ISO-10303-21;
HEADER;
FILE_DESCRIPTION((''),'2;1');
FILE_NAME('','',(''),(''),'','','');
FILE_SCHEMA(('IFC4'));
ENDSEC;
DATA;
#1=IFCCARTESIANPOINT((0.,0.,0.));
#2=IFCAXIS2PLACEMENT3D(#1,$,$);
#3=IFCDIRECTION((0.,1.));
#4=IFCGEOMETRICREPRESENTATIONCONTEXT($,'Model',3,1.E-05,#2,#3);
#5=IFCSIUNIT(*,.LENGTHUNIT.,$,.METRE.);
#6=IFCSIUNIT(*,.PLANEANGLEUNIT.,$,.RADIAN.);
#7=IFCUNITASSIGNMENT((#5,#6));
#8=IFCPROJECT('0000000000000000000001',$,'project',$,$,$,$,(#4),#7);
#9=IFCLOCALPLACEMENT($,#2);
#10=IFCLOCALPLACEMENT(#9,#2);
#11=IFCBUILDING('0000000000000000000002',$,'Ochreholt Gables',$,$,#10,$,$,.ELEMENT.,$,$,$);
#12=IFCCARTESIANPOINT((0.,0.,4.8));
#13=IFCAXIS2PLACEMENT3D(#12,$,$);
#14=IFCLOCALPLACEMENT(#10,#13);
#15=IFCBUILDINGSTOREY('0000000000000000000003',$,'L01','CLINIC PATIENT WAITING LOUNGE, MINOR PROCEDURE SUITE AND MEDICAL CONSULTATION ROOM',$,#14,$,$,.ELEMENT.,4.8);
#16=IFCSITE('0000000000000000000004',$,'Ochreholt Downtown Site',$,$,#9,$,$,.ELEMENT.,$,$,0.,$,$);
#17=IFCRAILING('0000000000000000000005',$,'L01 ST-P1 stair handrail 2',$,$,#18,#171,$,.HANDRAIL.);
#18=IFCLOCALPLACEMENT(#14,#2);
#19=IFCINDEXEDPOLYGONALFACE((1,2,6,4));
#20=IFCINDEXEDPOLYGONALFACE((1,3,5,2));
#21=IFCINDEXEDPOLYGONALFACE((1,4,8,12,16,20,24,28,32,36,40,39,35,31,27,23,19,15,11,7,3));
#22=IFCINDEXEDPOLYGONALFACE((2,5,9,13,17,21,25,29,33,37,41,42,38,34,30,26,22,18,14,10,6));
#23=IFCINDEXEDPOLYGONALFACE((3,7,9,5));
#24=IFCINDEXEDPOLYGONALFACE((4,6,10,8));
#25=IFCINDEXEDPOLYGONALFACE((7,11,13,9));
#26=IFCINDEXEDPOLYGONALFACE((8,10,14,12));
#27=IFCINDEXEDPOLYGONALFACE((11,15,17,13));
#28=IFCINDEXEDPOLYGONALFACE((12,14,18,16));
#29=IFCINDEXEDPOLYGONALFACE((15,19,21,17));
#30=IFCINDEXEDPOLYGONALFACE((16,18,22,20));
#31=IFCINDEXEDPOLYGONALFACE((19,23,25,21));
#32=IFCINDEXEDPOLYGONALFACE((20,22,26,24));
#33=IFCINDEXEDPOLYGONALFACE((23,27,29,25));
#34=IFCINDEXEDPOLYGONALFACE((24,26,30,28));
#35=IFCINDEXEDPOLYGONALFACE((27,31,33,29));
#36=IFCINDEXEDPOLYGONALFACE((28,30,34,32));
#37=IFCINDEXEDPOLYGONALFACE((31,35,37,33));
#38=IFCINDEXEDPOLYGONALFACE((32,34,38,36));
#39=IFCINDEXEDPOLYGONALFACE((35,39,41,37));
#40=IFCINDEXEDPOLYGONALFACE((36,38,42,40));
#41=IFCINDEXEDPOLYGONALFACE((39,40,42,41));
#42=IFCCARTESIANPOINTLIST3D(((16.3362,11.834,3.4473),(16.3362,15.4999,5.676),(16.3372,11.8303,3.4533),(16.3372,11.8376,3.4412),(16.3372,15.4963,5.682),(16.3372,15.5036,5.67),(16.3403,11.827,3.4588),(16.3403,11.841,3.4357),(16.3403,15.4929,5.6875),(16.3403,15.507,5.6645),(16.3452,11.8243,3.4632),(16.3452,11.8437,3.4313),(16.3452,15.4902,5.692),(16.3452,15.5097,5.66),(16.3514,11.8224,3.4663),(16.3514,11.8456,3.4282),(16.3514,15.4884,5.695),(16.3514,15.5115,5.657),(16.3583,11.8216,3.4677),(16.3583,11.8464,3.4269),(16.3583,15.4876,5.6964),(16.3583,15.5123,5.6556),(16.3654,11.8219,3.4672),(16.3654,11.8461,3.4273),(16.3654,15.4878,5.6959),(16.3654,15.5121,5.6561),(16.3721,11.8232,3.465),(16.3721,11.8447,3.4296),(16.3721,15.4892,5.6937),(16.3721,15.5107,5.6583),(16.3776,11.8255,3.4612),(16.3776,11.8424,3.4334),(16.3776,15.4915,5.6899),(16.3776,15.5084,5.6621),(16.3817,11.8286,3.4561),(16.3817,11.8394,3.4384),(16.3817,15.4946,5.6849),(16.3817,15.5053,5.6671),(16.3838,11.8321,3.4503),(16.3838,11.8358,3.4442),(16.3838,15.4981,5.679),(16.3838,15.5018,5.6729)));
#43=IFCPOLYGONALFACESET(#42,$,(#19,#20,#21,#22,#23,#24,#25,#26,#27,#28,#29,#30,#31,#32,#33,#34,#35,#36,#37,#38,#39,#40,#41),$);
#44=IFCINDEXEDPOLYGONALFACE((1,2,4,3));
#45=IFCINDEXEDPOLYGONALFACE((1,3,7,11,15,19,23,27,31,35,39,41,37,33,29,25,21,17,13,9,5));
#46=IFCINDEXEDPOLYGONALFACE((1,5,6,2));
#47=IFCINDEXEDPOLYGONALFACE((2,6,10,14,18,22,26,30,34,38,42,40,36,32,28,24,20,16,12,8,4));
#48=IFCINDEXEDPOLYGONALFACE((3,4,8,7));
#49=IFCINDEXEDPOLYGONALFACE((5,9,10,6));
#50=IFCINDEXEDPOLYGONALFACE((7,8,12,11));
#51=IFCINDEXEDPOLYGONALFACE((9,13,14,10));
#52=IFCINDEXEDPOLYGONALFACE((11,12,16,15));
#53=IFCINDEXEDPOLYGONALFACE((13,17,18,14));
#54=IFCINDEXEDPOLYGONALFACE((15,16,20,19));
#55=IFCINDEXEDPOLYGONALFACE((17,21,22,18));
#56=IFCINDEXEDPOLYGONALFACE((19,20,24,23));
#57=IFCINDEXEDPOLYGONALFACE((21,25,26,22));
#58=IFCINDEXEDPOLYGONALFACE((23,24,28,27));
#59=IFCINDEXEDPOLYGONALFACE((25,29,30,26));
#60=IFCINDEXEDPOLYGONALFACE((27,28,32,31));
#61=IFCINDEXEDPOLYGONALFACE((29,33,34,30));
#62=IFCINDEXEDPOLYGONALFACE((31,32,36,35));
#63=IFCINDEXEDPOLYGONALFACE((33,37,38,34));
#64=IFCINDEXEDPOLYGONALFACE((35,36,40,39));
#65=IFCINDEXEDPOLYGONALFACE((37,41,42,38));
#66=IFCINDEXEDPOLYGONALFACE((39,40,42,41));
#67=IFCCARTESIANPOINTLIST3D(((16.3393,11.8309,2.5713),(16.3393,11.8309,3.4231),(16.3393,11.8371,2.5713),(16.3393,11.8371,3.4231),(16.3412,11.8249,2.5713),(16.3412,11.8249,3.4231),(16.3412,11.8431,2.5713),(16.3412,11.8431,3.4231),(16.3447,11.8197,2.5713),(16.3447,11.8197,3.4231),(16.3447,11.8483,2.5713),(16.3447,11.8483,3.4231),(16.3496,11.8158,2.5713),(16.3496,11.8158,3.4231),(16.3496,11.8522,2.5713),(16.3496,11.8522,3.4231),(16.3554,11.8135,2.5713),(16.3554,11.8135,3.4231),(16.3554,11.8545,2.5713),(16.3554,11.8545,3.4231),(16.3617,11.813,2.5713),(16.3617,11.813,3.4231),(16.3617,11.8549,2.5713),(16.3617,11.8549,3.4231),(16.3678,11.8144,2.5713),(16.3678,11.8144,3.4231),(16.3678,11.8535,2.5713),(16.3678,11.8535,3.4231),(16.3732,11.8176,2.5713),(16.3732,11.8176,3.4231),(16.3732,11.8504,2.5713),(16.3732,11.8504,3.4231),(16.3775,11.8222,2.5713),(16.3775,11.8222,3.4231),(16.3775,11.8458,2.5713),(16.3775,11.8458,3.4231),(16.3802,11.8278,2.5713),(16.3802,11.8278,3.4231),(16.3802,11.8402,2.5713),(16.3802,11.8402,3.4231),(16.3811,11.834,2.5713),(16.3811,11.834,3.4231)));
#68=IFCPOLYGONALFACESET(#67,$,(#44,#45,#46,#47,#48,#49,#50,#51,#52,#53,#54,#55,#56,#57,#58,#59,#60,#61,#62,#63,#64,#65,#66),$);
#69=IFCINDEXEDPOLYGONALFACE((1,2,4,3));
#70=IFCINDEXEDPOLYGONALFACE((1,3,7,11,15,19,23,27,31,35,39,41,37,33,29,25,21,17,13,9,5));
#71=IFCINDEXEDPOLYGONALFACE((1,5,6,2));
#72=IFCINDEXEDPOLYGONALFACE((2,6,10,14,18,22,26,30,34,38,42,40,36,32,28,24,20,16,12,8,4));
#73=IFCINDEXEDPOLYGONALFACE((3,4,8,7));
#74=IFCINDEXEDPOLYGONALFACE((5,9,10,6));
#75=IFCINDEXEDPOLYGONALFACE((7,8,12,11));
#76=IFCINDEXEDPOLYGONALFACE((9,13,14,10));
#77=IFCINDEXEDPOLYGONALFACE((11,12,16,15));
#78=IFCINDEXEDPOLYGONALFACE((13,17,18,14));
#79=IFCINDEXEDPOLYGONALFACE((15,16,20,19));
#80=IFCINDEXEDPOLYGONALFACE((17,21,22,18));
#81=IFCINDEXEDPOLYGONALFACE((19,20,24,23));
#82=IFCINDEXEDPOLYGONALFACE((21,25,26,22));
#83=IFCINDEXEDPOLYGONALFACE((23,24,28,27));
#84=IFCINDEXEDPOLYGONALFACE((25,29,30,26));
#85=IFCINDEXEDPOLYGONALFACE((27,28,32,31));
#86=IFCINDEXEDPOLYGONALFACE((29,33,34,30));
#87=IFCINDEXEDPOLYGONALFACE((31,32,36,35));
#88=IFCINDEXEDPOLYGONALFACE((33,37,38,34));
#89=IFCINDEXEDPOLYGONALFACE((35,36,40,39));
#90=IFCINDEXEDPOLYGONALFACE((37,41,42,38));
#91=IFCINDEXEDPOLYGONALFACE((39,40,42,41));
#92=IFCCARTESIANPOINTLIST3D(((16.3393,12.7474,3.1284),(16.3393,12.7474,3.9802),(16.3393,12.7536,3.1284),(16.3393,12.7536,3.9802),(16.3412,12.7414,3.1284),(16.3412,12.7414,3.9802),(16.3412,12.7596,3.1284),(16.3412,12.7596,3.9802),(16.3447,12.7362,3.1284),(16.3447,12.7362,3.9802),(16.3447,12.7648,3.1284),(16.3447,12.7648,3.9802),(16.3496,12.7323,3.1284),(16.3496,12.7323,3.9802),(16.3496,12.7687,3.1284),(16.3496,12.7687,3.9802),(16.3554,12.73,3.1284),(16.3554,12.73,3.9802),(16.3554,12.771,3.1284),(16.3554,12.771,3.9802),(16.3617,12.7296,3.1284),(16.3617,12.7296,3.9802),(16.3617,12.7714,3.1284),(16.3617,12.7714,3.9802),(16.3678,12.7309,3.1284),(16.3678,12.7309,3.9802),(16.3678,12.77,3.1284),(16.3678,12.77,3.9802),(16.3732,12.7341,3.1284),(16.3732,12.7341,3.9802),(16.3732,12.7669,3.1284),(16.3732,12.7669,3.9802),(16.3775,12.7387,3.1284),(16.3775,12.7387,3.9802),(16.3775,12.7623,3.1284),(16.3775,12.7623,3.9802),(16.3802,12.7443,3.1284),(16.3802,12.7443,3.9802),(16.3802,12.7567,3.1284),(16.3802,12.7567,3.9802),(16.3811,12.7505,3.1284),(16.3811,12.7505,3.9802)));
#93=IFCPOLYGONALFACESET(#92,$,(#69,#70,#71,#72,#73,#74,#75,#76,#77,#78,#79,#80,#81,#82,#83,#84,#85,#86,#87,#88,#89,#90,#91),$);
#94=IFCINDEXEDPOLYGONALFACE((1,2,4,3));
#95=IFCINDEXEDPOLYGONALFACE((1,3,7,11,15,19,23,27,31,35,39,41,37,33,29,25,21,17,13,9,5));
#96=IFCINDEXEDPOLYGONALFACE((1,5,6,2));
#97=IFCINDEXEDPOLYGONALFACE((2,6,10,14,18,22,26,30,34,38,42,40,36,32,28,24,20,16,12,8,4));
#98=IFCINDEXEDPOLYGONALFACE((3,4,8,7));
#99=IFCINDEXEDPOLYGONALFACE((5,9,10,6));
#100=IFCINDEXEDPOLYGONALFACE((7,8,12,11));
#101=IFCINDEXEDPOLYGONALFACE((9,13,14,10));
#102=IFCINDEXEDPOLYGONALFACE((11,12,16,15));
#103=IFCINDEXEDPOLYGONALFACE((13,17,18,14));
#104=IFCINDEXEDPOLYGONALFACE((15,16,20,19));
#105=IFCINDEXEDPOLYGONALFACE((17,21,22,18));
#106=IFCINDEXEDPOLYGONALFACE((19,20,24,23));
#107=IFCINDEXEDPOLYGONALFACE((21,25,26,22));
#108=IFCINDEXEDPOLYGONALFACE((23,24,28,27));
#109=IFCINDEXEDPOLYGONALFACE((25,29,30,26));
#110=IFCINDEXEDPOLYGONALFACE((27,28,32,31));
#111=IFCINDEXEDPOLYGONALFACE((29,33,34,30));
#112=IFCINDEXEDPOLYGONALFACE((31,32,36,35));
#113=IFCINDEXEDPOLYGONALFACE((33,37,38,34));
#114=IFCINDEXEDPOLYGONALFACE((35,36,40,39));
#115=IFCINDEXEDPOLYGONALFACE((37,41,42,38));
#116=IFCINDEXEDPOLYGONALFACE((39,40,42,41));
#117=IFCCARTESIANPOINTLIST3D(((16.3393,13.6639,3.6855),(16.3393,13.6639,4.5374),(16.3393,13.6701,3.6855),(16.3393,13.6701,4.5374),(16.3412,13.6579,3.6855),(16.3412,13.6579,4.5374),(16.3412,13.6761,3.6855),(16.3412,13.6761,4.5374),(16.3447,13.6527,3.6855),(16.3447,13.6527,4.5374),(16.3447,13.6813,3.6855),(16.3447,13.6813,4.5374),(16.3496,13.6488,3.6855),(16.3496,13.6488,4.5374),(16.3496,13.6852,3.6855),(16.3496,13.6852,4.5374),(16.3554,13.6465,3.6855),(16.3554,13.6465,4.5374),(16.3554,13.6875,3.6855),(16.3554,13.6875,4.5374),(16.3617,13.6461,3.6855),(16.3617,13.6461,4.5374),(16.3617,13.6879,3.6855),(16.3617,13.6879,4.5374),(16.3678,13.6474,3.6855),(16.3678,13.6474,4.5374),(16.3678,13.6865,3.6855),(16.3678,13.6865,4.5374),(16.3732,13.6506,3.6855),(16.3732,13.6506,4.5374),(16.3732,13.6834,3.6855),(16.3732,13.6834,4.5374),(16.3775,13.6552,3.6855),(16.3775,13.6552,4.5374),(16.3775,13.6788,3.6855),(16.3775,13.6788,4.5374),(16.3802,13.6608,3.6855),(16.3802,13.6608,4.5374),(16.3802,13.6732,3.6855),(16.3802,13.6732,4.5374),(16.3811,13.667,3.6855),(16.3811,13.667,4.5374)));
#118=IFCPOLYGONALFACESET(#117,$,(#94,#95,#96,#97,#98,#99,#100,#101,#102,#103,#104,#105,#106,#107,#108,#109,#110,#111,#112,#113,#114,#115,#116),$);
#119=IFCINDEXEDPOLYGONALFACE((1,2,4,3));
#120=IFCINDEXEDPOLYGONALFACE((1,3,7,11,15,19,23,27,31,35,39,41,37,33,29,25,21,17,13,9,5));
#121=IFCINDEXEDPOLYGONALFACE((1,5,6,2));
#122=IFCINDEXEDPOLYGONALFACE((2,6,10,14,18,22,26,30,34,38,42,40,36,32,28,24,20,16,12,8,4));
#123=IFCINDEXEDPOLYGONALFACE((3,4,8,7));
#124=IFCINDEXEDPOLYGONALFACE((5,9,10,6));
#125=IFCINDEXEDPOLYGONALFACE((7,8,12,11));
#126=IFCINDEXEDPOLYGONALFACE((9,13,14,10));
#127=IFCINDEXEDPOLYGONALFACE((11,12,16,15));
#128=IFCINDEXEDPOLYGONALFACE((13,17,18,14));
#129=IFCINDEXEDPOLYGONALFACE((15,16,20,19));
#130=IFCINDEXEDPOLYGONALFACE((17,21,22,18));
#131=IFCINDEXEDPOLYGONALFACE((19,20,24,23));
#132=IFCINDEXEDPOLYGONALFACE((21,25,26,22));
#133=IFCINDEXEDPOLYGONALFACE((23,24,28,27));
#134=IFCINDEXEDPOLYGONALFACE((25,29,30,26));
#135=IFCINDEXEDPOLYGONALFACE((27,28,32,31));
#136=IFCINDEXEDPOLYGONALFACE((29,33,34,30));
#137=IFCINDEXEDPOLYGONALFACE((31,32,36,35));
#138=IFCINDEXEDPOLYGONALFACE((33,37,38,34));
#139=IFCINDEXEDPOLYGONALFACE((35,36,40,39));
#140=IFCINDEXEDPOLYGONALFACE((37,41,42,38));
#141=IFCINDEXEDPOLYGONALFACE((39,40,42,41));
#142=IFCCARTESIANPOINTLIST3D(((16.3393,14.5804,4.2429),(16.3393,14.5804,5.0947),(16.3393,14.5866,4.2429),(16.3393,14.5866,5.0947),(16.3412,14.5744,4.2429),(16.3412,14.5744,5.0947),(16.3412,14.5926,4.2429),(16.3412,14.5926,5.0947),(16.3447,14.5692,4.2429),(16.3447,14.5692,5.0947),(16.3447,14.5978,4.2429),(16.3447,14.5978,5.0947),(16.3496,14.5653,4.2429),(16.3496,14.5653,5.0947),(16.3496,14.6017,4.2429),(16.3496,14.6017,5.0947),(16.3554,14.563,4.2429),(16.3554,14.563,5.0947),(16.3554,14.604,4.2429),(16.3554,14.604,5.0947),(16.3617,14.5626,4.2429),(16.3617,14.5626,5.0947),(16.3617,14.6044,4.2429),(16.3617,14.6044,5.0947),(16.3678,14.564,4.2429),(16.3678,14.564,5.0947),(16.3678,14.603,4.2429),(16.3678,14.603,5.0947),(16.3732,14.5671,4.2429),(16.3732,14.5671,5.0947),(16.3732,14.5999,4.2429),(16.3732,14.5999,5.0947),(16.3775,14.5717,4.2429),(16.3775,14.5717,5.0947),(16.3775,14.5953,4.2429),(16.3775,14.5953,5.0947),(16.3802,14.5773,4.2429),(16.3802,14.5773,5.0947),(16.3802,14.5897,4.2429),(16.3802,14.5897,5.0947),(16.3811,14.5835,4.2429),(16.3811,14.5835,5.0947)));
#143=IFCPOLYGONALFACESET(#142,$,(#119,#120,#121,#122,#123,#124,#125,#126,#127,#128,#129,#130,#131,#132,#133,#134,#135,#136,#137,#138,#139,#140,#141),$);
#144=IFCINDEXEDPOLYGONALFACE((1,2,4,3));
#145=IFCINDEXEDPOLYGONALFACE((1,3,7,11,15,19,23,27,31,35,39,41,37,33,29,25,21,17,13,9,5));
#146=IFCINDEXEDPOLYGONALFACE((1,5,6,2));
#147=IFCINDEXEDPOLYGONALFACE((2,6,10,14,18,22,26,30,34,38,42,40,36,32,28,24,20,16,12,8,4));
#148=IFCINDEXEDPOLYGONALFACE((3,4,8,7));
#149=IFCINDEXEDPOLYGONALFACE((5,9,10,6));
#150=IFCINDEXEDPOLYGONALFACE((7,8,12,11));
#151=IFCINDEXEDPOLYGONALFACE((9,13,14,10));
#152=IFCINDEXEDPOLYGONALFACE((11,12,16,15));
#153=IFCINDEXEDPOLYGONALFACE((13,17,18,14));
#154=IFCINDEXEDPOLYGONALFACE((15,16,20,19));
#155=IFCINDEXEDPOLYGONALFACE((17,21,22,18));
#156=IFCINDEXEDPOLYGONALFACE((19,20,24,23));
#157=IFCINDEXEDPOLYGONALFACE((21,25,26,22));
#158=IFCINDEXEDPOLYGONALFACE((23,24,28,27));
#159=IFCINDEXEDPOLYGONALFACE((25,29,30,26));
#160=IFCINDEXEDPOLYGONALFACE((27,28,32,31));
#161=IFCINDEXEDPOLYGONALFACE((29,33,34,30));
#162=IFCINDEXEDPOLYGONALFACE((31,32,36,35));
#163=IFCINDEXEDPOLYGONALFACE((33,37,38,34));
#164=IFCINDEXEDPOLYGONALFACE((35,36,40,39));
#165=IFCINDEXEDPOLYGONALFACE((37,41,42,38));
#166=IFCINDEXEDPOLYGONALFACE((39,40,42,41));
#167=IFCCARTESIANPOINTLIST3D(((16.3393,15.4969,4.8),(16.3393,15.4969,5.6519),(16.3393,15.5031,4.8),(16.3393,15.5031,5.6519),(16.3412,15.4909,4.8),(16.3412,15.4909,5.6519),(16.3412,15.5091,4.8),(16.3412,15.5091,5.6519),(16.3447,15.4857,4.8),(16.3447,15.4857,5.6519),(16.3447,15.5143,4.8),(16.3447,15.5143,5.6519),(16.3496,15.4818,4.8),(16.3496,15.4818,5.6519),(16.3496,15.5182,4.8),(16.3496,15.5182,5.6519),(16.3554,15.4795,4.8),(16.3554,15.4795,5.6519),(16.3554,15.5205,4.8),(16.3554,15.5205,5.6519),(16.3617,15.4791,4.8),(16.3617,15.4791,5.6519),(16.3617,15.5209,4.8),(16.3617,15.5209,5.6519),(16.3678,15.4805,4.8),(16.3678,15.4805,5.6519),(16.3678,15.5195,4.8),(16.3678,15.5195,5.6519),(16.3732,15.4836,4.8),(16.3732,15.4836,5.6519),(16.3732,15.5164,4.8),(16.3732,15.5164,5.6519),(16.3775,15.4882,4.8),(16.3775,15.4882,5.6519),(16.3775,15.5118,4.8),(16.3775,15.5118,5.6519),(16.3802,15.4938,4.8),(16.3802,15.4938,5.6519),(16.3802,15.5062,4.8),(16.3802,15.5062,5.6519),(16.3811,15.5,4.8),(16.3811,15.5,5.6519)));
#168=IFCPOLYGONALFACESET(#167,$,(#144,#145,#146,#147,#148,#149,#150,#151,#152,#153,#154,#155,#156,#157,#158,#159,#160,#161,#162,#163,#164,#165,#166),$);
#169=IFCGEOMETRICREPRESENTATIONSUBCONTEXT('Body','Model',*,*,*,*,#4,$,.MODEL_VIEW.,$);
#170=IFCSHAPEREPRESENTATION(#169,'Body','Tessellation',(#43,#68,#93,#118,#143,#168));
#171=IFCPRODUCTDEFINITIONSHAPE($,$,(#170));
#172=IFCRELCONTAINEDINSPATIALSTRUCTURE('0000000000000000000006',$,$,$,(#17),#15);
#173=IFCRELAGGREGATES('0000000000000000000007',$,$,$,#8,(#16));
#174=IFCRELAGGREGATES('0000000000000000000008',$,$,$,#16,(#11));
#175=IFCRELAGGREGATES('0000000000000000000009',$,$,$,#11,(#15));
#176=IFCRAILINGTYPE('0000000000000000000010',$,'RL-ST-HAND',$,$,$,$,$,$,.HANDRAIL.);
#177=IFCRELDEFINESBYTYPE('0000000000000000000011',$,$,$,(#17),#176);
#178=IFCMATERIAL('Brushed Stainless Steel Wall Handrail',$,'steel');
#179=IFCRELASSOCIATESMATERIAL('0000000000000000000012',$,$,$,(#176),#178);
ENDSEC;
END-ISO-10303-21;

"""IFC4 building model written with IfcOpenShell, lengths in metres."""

from ifc_helpers import new_model, si_unit, direction, frame, origin, origin_2d, place, context, subcontext, project, spatial, circle, extrude, material, type_object, element, save


model = new_model("IFC4")

# Units and contexts
model_context = context("Model", 3, precision=1e-05, world=origin(), true_north=direction((0.0, 1.0)))
body_context = subcontext(model_context, "Body", "Model", "MODEL_VIEW")
ifc_project = project(units=[si_unit("LENGTHUNIT", "METRE"), si_unit("PLANEANGLEUNIT", "RADIAN")], contexts=[model_context])

# Site, building, storey
site_placement = place(None, origin())
site = spatial("IfcSite", under=ifc_project, at=site_placement, Name="Ochreholt Downtown Site", CompositionType="ELEMENT", RefElevation=0.0)
building_placement = place(site_placement, origin())
building = spatial("IfcBuilding", under=site, at=building_placement, Name="Ochreholt Gables", CompositionType="ELEMENT")
storey_placement = place(building_placement, frame((0.0, 0.0, 4.8)))
storey = spatial("IfcBuildingStorey", under=building, at=storey_placement, Name="L01", Description="CLINIC PATIENT WAITING LOUNGE, MINOR PROCEDURE SUITE AND MEDICAL CONSULTATION ROOM", CompositionType="ELEMENT", Elevation=4.8)

# Railing
ifc_material_1 = material(Name="Brushed Stainless Steel Wall Handrail", Category="steel")
railing_type_1 = type_object("IfcRailingType", Name="RL-ST-HAND", PredefinedType="HANDRAIL", material=ifc_material_1)
railing_1_placement = place(storey_placement, frame((16.3601, 11.834, 2.5713)))
element("IfcRailing", 1, at=railing_1_placement, inside=storey, type_object=railing_type_1, Name="L01 ST-P1 stair handrail 2", PredefinedType="HANDRAIL", context=body_context, shape_type="SweptSolid", body=[
    extrude(circle(Radius=0.0239, at=origin_2d()), frame((0.0, 0.0, 0.876), z_axis=(0.0, 0.854481, 0.519483), x_axis=(-1.0, 0.0, 0.0)), (0.0, 0.0, 1.0), 4.2903),
    extrude(circle(Radius=0.021, at=origin_2d()), origin(), (0.0, 0.0, 1.0), 0.8518),
    extrude(circle(Radius=0.021, at=origin_2d()), frame((0.0, 0.9165, 0.5571)), (0.0, 0.0, 1.0), 0.8518),
    extrude(circle(Radius=0.021, at=origin_2d()), frame((0.0, 1.833, 1.1143)), (0.0, 0.0, 1.0), 0.8518),
    extrude(circle(Radius=0.021, at=origin_2d()), frame((0.0, 2.7495, 1.6716)), (0.0, 0.0, 1.0), 0.8518),
    extrude(circle(Radius=0.021, at=origin_2d()), frame((0.0, 3.666, 2.2288)), (0.0, 0.0, 1.0), 0.8518),
])

save(model, "model.ifc")
